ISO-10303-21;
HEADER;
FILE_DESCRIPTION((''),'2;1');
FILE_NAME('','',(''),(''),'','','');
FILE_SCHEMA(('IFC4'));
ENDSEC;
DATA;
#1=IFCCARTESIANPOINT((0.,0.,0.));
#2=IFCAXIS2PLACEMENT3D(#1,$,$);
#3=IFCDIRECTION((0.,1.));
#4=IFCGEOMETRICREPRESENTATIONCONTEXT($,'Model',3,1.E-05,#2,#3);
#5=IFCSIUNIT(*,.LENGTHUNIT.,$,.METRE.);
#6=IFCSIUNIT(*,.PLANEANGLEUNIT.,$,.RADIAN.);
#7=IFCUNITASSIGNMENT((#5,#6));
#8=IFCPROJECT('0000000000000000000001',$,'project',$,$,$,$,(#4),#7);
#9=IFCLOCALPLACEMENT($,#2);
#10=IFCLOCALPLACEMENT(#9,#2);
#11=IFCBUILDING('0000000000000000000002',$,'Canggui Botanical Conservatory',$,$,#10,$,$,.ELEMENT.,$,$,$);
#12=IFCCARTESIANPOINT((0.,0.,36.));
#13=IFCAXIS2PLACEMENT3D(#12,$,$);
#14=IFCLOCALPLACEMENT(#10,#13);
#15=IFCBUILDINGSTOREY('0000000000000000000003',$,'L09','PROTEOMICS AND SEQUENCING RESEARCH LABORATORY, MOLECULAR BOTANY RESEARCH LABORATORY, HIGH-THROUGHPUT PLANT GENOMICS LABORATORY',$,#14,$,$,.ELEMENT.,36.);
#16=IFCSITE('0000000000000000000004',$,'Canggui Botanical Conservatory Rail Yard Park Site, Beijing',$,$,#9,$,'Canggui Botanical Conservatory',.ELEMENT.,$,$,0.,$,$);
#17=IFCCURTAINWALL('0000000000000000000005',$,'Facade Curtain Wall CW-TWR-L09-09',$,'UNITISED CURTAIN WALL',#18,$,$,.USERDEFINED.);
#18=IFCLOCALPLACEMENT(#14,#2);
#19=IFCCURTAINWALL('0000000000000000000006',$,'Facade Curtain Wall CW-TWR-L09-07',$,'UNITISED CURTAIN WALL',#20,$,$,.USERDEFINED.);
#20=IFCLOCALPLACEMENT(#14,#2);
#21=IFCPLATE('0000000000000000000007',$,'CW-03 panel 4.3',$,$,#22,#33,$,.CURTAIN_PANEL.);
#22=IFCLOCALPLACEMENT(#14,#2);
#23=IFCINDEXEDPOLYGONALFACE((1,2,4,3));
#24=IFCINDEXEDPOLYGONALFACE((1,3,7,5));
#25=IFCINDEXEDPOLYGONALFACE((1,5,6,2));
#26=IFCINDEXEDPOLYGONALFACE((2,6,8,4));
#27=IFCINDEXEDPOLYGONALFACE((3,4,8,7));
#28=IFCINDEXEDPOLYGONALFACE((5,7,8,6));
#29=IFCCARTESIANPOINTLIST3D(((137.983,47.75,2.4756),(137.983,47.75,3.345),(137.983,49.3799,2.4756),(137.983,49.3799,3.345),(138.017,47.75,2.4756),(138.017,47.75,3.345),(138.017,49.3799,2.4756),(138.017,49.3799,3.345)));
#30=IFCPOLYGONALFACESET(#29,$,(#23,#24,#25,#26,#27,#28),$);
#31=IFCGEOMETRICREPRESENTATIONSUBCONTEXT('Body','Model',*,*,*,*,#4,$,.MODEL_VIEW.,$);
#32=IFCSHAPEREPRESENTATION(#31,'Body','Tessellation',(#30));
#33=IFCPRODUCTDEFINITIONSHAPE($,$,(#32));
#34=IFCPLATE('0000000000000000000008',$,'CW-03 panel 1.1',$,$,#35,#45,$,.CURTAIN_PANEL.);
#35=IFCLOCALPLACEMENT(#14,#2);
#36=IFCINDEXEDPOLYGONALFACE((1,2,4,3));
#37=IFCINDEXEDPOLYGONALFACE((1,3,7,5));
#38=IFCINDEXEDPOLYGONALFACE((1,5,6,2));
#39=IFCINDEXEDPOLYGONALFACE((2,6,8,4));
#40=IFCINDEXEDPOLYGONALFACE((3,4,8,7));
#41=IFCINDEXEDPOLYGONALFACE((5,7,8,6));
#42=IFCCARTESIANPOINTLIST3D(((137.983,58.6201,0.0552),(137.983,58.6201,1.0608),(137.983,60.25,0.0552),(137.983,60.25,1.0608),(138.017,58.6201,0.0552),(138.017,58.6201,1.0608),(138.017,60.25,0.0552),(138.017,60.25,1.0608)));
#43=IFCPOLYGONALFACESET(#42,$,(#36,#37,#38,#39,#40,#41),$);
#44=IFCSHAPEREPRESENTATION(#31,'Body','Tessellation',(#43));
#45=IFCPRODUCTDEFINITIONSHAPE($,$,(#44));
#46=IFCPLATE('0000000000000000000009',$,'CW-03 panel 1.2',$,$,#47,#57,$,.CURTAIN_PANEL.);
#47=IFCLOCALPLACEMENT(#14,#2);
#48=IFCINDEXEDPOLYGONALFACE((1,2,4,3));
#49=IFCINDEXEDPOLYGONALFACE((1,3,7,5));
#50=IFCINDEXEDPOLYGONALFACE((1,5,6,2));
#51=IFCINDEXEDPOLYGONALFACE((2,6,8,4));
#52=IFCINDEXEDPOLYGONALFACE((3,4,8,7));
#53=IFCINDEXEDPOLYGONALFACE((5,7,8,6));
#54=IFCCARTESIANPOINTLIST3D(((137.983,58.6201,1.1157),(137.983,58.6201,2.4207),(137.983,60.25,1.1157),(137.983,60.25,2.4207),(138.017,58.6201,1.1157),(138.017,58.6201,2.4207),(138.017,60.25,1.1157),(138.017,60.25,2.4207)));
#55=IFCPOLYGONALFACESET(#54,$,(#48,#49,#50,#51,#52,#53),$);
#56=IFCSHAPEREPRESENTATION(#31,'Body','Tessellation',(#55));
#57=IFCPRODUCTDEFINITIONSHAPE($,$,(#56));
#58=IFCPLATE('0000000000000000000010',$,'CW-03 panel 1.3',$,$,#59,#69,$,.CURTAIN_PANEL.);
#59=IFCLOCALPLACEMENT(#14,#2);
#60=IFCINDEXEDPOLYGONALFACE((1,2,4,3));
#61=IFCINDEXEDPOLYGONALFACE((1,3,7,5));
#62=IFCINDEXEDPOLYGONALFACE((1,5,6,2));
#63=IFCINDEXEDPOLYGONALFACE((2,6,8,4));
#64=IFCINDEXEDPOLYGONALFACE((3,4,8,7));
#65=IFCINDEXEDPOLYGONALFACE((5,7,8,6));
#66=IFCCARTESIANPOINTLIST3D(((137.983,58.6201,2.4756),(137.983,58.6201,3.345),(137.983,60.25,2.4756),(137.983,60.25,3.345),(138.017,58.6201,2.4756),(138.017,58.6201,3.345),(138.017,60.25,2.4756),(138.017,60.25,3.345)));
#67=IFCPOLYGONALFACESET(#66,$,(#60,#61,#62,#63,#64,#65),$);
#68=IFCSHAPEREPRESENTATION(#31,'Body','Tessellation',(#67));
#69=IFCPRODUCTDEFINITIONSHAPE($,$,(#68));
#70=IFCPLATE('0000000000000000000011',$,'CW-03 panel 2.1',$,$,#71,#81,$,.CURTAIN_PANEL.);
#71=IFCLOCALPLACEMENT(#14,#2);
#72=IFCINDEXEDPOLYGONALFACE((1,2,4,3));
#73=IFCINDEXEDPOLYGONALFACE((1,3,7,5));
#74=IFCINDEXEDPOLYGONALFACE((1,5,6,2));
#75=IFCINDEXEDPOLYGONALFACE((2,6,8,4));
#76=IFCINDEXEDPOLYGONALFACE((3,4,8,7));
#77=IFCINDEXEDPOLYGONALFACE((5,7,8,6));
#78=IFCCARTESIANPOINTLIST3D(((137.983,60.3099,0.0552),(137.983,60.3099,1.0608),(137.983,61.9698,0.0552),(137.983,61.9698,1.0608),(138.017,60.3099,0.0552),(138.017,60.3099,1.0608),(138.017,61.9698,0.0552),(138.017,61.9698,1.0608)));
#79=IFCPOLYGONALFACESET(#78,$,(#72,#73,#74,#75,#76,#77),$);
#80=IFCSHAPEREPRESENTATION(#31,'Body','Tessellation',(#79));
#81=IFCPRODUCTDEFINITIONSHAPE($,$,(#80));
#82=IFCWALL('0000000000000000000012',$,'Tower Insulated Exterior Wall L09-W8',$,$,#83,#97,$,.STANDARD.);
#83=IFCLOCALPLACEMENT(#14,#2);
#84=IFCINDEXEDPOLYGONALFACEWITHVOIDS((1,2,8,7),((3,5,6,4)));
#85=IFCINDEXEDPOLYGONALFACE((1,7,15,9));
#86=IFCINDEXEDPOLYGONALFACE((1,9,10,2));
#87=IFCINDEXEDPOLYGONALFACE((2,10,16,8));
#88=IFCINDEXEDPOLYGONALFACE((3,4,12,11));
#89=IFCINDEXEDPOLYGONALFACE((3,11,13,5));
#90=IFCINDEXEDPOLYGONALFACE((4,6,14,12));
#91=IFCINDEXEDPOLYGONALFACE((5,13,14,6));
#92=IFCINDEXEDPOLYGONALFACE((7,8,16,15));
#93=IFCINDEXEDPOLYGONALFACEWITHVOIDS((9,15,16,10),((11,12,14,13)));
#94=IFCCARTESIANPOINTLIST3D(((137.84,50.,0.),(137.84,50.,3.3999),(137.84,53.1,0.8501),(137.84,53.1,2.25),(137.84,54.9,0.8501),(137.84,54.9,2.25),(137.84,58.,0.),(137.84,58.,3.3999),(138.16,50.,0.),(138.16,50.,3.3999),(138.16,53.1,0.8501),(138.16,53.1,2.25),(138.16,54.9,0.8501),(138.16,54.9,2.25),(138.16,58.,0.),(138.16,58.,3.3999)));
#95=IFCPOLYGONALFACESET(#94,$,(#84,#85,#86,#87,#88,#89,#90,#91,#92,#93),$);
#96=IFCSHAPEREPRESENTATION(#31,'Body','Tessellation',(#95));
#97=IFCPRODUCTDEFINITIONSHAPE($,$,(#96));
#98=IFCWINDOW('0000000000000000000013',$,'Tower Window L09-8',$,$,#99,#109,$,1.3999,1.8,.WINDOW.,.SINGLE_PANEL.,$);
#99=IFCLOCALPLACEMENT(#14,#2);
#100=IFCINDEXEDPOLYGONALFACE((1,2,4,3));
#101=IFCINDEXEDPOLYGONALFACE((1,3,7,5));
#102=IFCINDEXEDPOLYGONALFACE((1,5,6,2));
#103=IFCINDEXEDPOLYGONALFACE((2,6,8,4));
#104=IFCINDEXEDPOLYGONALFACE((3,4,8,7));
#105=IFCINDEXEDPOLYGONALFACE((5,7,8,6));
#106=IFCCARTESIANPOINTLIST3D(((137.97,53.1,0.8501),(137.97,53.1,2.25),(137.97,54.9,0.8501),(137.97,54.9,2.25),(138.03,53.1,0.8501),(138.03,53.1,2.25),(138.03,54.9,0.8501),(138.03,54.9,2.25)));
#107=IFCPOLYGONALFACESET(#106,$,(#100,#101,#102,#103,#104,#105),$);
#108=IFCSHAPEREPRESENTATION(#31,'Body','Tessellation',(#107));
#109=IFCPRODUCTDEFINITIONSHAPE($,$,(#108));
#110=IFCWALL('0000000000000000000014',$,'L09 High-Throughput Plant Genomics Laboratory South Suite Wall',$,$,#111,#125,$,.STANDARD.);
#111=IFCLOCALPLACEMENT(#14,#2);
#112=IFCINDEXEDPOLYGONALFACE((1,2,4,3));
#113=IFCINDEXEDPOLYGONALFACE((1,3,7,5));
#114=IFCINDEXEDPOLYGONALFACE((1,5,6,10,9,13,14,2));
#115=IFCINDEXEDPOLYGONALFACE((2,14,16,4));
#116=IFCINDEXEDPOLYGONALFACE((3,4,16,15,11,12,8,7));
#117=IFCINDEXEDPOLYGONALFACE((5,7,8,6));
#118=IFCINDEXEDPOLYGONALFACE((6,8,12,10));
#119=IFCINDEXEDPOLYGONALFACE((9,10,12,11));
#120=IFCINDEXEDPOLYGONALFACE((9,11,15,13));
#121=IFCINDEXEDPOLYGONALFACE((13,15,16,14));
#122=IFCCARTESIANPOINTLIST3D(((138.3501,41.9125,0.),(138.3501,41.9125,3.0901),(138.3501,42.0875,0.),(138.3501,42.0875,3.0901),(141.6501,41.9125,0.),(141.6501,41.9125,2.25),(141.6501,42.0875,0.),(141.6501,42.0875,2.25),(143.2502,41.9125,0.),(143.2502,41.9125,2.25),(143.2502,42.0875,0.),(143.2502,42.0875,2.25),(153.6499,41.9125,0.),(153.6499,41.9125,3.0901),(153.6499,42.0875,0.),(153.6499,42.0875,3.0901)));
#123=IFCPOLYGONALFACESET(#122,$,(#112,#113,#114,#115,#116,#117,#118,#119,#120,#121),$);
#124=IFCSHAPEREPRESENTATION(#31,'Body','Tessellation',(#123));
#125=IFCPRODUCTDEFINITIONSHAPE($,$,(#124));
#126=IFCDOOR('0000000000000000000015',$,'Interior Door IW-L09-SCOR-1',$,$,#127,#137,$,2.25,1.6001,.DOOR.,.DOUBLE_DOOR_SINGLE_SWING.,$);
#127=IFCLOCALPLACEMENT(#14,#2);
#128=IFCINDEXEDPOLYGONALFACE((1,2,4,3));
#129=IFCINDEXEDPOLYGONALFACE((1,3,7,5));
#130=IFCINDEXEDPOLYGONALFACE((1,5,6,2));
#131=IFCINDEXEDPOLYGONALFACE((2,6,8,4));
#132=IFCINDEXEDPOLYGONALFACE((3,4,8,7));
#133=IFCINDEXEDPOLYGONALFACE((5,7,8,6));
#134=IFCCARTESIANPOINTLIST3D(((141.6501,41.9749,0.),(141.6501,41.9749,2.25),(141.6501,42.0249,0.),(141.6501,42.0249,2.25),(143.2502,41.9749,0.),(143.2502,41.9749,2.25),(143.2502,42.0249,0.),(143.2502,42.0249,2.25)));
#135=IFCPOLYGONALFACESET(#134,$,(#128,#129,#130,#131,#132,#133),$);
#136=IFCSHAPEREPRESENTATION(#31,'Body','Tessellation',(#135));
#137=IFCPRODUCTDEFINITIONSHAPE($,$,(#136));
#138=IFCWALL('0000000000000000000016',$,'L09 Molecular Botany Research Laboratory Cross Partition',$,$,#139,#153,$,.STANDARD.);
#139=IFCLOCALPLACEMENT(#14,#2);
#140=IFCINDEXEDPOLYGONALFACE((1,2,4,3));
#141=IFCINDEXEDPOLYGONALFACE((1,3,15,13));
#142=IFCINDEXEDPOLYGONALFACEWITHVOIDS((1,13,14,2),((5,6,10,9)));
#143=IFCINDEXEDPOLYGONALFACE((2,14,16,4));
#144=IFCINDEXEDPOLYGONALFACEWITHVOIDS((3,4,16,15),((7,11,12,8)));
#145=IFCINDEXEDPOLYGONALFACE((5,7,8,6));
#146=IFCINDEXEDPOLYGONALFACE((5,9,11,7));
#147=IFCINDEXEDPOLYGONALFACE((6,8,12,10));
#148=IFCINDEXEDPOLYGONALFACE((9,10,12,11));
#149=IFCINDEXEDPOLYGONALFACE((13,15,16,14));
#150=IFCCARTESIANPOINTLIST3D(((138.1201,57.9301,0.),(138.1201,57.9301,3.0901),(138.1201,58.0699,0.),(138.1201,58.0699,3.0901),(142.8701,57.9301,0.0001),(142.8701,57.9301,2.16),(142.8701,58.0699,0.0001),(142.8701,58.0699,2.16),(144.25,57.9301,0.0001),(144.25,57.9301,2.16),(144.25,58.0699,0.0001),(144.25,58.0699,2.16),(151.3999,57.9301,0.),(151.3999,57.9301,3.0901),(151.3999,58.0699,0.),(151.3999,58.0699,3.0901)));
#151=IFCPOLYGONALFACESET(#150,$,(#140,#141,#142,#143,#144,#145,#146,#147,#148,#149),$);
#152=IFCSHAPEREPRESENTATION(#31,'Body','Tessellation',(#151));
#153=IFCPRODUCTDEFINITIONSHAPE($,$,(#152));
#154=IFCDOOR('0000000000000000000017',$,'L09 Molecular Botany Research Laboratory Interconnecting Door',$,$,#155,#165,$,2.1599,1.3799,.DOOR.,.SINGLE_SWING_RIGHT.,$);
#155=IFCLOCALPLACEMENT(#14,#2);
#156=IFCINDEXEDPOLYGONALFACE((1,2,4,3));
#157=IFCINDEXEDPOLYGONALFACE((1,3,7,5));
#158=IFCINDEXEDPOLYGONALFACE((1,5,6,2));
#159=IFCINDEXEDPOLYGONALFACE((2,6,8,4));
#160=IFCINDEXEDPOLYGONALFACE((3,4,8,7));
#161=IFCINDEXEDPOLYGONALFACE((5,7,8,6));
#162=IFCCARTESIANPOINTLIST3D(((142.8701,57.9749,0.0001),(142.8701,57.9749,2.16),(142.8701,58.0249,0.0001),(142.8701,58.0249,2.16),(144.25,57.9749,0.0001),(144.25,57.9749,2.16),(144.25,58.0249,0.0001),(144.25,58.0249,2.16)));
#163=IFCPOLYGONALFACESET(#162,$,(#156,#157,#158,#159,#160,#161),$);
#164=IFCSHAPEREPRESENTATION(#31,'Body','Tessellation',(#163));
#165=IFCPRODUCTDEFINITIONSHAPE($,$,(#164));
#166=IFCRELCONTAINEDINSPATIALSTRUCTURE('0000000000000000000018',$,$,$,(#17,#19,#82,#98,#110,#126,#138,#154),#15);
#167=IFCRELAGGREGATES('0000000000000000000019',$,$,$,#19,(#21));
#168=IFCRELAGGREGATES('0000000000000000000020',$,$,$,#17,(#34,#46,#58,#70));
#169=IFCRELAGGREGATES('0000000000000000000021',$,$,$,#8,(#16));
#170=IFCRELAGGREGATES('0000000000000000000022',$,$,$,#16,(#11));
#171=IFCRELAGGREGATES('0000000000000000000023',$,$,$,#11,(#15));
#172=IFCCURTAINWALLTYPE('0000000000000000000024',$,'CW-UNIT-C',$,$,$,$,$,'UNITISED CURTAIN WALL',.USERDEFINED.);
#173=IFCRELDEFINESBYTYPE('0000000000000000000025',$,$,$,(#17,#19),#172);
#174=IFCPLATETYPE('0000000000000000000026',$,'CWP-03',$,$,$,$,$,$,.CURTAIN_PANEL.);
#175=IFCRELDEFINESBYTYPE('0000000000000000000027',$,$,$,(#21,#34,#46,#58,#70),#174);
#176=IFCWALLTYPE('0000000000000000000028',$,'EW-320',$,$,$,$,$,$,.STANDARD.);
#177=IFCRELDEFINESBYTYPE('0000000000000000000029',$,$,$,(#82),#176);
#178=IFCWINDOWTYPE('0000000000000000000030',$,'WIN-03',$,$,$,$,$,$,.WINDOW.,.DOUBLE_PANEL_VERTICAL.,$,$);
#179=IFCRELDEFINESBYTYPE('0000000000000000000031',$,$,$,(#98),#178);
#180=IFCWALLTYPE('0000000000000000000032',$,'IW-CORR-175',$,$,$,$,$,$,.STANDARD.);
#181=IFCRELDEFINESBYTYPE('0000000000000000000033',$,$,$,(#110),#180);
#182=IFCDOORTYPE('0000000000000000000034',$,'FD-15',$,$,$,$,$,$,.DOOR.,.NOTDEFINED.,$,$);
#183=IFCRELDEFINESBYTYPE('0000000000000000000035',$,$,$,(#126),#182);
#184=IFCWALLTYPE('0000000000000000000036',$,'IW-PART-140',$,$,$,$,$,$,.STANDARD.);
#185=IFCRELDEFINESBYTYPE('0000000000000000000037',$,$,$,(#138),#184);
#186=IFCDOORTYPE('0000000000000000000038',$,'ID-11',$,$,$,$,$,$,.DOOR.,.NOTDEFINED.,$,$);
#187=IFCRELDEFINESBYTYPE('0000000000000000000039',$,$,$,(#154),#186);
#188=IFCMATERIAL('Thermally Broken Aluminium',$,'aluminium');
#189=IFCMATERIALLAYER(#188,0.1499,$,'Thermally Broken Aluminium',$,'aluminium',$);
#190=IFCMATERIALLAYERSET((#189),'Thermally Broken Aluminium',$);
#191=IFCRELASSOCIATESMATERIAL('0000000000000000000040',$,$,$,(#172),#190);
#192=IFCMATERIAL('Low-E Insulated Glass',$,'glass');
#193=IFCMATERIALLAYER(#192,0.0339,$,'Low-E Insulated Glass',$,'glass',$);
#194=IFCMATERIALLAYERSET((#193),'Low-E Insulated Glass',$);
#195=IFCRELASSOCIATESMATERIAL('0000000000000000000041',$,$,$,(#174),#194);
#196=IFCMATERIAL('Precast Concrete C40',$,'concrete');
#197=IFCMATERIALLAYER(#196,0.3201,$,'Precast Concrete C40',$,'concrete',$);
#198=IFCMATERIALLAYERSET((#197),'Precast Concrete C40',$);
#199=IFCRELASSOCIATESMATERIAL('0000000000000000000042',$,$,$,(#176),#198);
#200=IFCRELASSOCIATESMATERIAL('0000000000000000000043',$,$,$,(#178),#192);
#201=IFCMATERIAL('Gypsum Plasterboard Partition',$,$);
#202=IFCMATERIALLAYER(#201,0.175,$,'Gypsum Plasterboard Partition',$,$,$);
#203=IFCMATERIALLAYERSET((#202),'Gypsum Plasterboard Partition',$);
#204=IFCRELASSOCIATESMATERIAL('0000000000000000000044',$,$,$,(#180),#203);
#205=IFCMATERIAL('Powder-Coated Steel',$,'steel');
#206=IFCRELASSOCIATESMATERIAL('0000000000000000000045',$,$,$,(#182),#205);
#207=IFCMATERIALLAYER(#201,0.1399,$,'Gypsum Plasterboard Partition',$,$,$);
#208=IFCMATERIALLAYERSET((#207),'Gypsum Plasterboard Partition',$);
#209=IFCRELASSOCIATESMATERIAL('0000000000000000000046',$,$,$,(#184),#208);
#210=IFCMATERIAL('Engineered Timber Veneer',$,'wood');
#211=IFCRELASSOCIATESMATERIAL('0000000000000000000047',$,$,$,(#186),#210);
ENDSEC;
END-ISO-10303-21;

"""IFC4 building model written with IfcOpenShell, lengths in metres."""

from ifc_helpers import new_model, si_unit, direction, frame, frame_2d, origin, origin_2d, place, context, subcontext, project, spatial, rectangle, extrude, material, layer, layer_set, type_object, element, fill, aggregate, save


model = new_model("IFC4")

# Units and contexts
model_context = context("Model", 3, precision=1e-05, world=origin(), true_north=direction((0.0, 1.0)))
body_context = subcontext(model_context, "Body", "Model", "MODEL_VIEW")
ifc_project = project(units=[si_unit("LENGTHUNIT", "METRE"), si_unit("PLANEANGLEUNIT", "RADIAN")], contexts=[model_context])

# Site, building, storey
site_placement = place(None, origin())
site = spatial("IfcSite", under=ifc_project, at=site_placement, Name="Canggui Botanical Conservatory Rail Yard Park Site, Beijing", LongName="Canggui Botanical Conservatory", CompositionType="ELEMENT", RefElevation=0.0)
building_placement = place(site_placement, origin())
building = spatial("IfcBuilding", under=site, at=building_placement, Name="Canggui Botanical Conservatory", CompositionType="ELEMENT")
storey_placement = place(building_placement, frame((0.0, 0.0, 36.0)))
storey = spatial("IfcBuildingStorey", under=building, at=storey_placement, Name="L09", Description="PROTEOMICS AND SEQUENCING RESEARCH LABORATORY, MOLECULAR BOTANY RESEARCH LABORATORY, HIGH-THROUGHPUT PLANT GENOMICS LABORATORY", CompositionType="ELEMENT", Elevation=36.0)

# Curtain wall
ifc_material_1 = material(Name="Thermally Broken Aluminium", Category="aluminium")
ifc_layer_1 = layer(ifc_material_1, 0.1499, Name="Thermally Broken Aluminium", Category="aluminium")
ifc_layer_set_1 = layer_set([ifc_layer_1], Name="Thermally Broken Aluminium")
curtain_wall_type = type_object("IfcCurtainWallType", Name="CW-UNIT-C", ElementType="UNITISED CURTAIN WALL", PredefinedType="USERDEFINED", material=ifc_layer_set_1)
curtain_wall_1_placement = place(storey_placement, origin())
curtain_wall_1 = element("IfcCurtainWall", 1, at=curtain_wall_1_placement, inside=storey, type_object=curtain_wall_type, Name="Facade Curtain Wall CW-TWR-L09-09", ObjectType="UNITISED CURTAIN WALL", PredefinedType="USERDEFINED")

# Curtain wall
curtain_wall_2_placement = place(storey_placement, origin())
curtain_wall_2 = element("IfcCurtainWall", 2, at=curtain_wall_2_placement, inside=storey, type_object=curtain_wall_type, Name="Facade Curtain Wall CW-TWR-L09-07", ObjectType="UNITISED CURTAIN WALL", PredefinedType="USERDEFINED")

# Plates
ifc_material_2 = material(Name="Low-E Insulated Glass", Category="glass")
ifc_layer_2 = layer(ifc_material_2, 0.0339, Name="Low-E Insulated Glass", Category="glass")
ifc_layer_set_2 = layer_set([ifc_layer_2], Name="Low-E Insulated Glass")
plate_type = type_object("IfcPlateType", Name="CWP-03", PredefinedType="CURTAIN_PANEL", material=ifc_layer_set_2)
plate_1_placement = place(storey_placement, frame((138.0, 48.5649, 2.4756), z_axis=(0.0, 0.0, 1.0), x_axis=(0.0, 1.0, 0.0)))
plate_1 = element("IfcPlate", 3, at=plate_1_placement, type_object=plate_type, Name="CW-03 panel 4.3", PredefinedType="CURTAIN_PANEL", context=body_context, shape_type="SweptSolid", body=[
    extrude(rectangle(XDim=1.6299, YDim=0.0339, at=origin_2d()), origin(), (0.0, 0.0, 1.0), 0.8694),
])
aggregate(curtain_wall_2, [plate_1])
plate_2_placement = place(storey_placement, frame((138.0, 59.4351, 0.0552), z_axis=(0.0, 0.0, 1.0), x_axis=(0.0, 1.0, 0.0)))
plate_2 = element("IfcPlate", 4, at=plate_2_placement, type_object=plate_type, Name="CW-03 panel 1.1", PredefinedType="CURTAIN_PANEL", context=body_context, shape_type="SweptSolid", body=[
    extrude(rectangle(XDim=1.6299, YDim=0.0339, at=origin_2d()), origin(), (0.0, 0.0, 1.0), 1.0056),
])
plate_3_placement = place(storey_placement, frame((138.0, 59.4351, 1.1157), z_axis=(0.0, 0.0, 1.0), x_axis=(0.0, 1.0, 0.0)))
plate_3 = element("IfcPlate", 5, at=plate_3_placement, type_object=plate_type, Name="CW-03 panel 1.2", PredefinedType="CURTAIN_PANEL", context=body_context, shape_type="SweptSolid", body=[
    extrude(rectangle(XDim=1.6299, YDim=0.0339, at=origin_2d()), origin(), (0.0, 0.0, 1.0), 1.3049),
])
plate_4_placement = place(storey_placement, frame((138.0, 59.4351, 2.4756), z_axis=(0.0, 0.0, 1.0), x_axis=(0.0, 1.0, 0.0)))
plate_4 = element("IfcPlate", 6, at=plate_4_placement, type_object=plate_type, Name="CW-03 panel 1.3", PredefinedType="CURTAIN_PANEL", context=body_context, shape_type="SweptSolid", body=[
    extrude(rectangle(XDim=1.6299, YDim=0.0339, at=origin_2d()), origin(), (0.0, 0.0, 1.0), 0.8694),
])
plate_5_placement = place(storey_placement, frame((138.0, 61.1399, 0.0552), z_axis=(0.0, 0.0, 1.0), x_axis=(0.0, 1.0, 0.0)))
plate_5 = element("IfcPlate", 7, at=plate_5_placement, type_object=plate_type, Name="CW-03 panel 2.1", PredefinedType="CURTAIN_PANEL", context=body_context, shape_type="SweptSolid", body=[
    extrude(rectangle(XDim=1.6599, YDim=0.0339, at=origin_2d()), origin(), (0.0, 0.0, 1.0), 1.0056),
])
aggregate(curtain_wall_1, [plate_2, plate_3, plate_4, plate_5])

# Wall, opening, window
ifc_material_3 = material(Name="Precast Concrete C40", Category="concrete")
ifc_layer_3 = layer(ifc_material_3, 0.3201, Name="Precast Concrete C40", Category="concrete")
ifc_layer_set_3 = layer_set([ifc_layer_3], Name="Precast Concrete C40")
wall_type_1 = type_object("IfcWallType", Name="EW-320", PredefinedType="STANDARD", material=ifc_layer_set_3)
wall_1_placement = place(storey_placement, frame((138.0, 50.0, 0.0), z_axis=(0.0, 0.0, 1.0), x_axis=(0.0, 1.0, 0.0)))
wall_1 = element("IfcWall", 8, at=wall_1_placement, inside=storey, type_object=wall_type_1, Name="Tower Insulated Exterior Wall L09-W8", PredefinedType="STANDARD", context=body_context, shape_type="SweptSolid", body=[
    extrude(rectangle(XDim=8.0, YDim=0.3201, at=frame_2d((4.0, 0.0))), origin(), (0.0, 0.0, 1.0), 3.3999),
])
opening_1_placement = place(wall_1_placement, frame((3.1001, 0.0, 0.8501)))
opening_1 = element("IfcOpeningElement", 9, at=opening_1_placement, cuts=wall_1, PredefinedType="OPENING", context=body_context, shape_type="SweptSolid", body=[
    extrude(rectangle(XDim=1.8, YDim=1.3999, at=frame_2d((0.8999, 0.7))), frame((0.0, 0.1699, 0.0), z_axis=(0.0, -1.0, 0.0), x_axis=(1.0, 0.0, 0.0)), (0.0, 0.0, 1.0), 0.3401),
])
window_type = type_object("IfcWindowType", Name="WIN-03", PartitioningType="DOUBLE_PANEL_VERTICAL", PredefinedType="WINDOW", material=ifc_material_2)
window_placement = place(opening_1_placement, origin())
window = element("IfcWindow", 10, at=window_placement, inside=storey, type_object=window_type, Name="Tower Window L09-8", OverallHeight=1.3999, OverallWidth=1.8, PartitioningType="SINGLE_PANEL", PredefinedType="WINDOW", context=body_context, shape_type="SweptSolid", body=[
    extrude(rectangle(XDim=1.8, YDim=1.3999, at=frame_2d((0.8999, 0.7))), frame((0.0, 0.03, 0.0), z_axis=(0.0, -1.0, 0.0), x_axis=(1.0, 0.0, 0.0)), (0.0, 0.0, 1.0), 0.0601),
])
fill(opening_1, window)

# Walls, openings, doors
ifc_material_4 = material(Name="Gypsum Plasterboard Partition")
ifc_layer_4 = layer(ifc_material_4, 0.175, Name="Gypsum Plasterboard Partition")
ifc_layer_set_4 = layer_set([ifc_layer_4], Name="Gypsum Plasterboard Partition")
wall_type_2 = type_object("IfcWallType", Name="IW-CORR-175", PredefinedType="STANDARD", material=ifc_layer_set_4)
wall_2_placement = place(storey_placement, frame((138.3501, 42.0, 0.0), z_axis=(0.0, 0.0, 1.0), x_axis=(1.0, 0.0, 0.0)))
wall_2 = element("IfcWall", 11, at=wall_2_placement, inside=storey, type_object=wall_type_2, Name="L09 High-Throughput Plant Genomics Laboratory South Suite Wall", PredefinedType="STANDARD", context=body_context, shape_type="SweptSolid", body=[
    extrude(rectangle(XDim=15.2998, YDim=0.175, at=frame_2d((7.6499, 0.0))), origin(), (0.0, 0.0, 1.0), 3.0901),
])
opening_2_placement = place(wall_2_placement, frame((3.3, 0.0, 0.0)))
opening_2 = element("IfcOpeningElement", 12, at=opening_2_placement, cuts=wall_2, PredefinedType="OPENING", context=body_context, shape_type="SweptSolid", body=[
    extrude(rectangle(XDim=1.6001, YDim=2.25, at=frame_2d((0.8, 1.125))), frame((0.0, 0.0977, 0.0), z_axis=(0.0, -1.0, 0.0), x_axis=(1.0, 0.0, 0.0)), (0.0, 0.0, 1.0), 0.1951),
])
ifc_material_5 = material(Name="Powder-Coated Steel", Category="steel")
door_type_1 = type_object("IfcDoorType", Name="FD-15", OperationType="NOTDEFINED", PredefinedType="DOOR", material=ifc_material_5)
door_1_placement = place(opening_2_placement, origin())
door_1 = element("IfcDoor", 13, at=door_1_placement, inside=storey, type_object=door_type_1, Name="Interior Door IW-L09-SCOR-1", OperationType="DOUBLE_DOOR_SINGLE_SWING", OverallHeight=2.25, OverallWidth=1.6001, PredefinedType="DOOR", context=body_context, shape_type="SweptSolid", body=[
    extrude(rectangle(XDim=1.6001, YDim=2.25, at=frame_2d((0.8, 1.125))), frame((0.0, 0.0249, 0.0), z_axis=(0.0, -1.0, 0.0), x_axis=(1.0, 0.0, 0.0)), (0.0, 0.0, 1.0), 0.05),
])
fill(opening_2, door_1)
ifc_layer_5 = layer(ifc_material_4, 0.1399, Name="Gypsum Plasterboard Partition")
ifc_layer_set_5 = layer_set([ifc_layer_5], Name="Gypsum Plasterboard Partition")
wall_type_3 = type_object("IfcWallType", Name="IW-PART-140", PredefinedType="STANDARD", material=ifc_layer_set_5)
wall_3_placement = place(storey_placement, frame((138.1201, 58.0, 0.0), z_axis=(0.0, 0.0, 1.0), x_axis=(1.0, 0.0, 0.0)))
wall_3 = element("IfcWall", 14, at=wall_3_placement, inside=storey, type_object=wall_type_3, Name="L09 Molecular Botany Research Laboratory Cross Partition", PredefinedType="STANDARD", context=body_context, shape_type="SweptSolid", body=[
    extrude(rectangle(XDim=13.2798, YDim=0.1399, at=frame_2d((6.6399, 0.0))), origin(), (0.0, 0.0, 1.0), 3.0901),
])
opening_3_placement = place(wall_3_placement, frame((4.75, 0.0, 0.0)))
opening_3 = element("IfcOpeningElement", 15, at=opening_3_placement, cuts=wall_3, PredefinedType="OPENING", context=body_context, shape_type="SweptSolid", body=[
    extrude(rectangle(XDim=1.3799, YDim=2.1599, at=frame_2d((0.6899, 1.0801))), frame((0.0, 0.0801, 0.0), z_axis=(0.0, -1.0, 0.0), x_axis=(1.0, 0.0, 0.0)), (0.0, 0.0, 1.0), 0.1599),
])
ifc_material_6 = material(Name="Engineered Timber Veneer", Category="wood")
door_type_2 = type_object("IfcDoorType", Name="ID-11", OperationType="NOTDEFINED", PredefinedType="DOOR", material=ifc_material_6)
door_2_placement = place(opening_3_placement, origin())
door_2 = element("IfcDoor", 16, at=door_2_placement, inside=storey, type_object=door_type_2, Name="L09 Molecular Botany Research Laboratory Interconnecting Door", OperationType="SINGLE_SWING_RIGHT", OverallHeight=2.1599, OverallWidth=1.3799, PredefinedType="DOOR", context=body_context, shape_type="SweptSolid", body=[
    extrude(rectangle(XDim=1.3799, YDim=2.1599, at=frame_2d((0.6899, 1.0801))), frame((0.0, 0.0249, 0.0), z_axis=(0.0, -1.0, 0.0), x_axis=(1.0, 0.0, 0.0)), (0.0, 0.0, 1.0), 0.05),
])
fill(opening_3, door_2)

save(model, "model.ifc")
